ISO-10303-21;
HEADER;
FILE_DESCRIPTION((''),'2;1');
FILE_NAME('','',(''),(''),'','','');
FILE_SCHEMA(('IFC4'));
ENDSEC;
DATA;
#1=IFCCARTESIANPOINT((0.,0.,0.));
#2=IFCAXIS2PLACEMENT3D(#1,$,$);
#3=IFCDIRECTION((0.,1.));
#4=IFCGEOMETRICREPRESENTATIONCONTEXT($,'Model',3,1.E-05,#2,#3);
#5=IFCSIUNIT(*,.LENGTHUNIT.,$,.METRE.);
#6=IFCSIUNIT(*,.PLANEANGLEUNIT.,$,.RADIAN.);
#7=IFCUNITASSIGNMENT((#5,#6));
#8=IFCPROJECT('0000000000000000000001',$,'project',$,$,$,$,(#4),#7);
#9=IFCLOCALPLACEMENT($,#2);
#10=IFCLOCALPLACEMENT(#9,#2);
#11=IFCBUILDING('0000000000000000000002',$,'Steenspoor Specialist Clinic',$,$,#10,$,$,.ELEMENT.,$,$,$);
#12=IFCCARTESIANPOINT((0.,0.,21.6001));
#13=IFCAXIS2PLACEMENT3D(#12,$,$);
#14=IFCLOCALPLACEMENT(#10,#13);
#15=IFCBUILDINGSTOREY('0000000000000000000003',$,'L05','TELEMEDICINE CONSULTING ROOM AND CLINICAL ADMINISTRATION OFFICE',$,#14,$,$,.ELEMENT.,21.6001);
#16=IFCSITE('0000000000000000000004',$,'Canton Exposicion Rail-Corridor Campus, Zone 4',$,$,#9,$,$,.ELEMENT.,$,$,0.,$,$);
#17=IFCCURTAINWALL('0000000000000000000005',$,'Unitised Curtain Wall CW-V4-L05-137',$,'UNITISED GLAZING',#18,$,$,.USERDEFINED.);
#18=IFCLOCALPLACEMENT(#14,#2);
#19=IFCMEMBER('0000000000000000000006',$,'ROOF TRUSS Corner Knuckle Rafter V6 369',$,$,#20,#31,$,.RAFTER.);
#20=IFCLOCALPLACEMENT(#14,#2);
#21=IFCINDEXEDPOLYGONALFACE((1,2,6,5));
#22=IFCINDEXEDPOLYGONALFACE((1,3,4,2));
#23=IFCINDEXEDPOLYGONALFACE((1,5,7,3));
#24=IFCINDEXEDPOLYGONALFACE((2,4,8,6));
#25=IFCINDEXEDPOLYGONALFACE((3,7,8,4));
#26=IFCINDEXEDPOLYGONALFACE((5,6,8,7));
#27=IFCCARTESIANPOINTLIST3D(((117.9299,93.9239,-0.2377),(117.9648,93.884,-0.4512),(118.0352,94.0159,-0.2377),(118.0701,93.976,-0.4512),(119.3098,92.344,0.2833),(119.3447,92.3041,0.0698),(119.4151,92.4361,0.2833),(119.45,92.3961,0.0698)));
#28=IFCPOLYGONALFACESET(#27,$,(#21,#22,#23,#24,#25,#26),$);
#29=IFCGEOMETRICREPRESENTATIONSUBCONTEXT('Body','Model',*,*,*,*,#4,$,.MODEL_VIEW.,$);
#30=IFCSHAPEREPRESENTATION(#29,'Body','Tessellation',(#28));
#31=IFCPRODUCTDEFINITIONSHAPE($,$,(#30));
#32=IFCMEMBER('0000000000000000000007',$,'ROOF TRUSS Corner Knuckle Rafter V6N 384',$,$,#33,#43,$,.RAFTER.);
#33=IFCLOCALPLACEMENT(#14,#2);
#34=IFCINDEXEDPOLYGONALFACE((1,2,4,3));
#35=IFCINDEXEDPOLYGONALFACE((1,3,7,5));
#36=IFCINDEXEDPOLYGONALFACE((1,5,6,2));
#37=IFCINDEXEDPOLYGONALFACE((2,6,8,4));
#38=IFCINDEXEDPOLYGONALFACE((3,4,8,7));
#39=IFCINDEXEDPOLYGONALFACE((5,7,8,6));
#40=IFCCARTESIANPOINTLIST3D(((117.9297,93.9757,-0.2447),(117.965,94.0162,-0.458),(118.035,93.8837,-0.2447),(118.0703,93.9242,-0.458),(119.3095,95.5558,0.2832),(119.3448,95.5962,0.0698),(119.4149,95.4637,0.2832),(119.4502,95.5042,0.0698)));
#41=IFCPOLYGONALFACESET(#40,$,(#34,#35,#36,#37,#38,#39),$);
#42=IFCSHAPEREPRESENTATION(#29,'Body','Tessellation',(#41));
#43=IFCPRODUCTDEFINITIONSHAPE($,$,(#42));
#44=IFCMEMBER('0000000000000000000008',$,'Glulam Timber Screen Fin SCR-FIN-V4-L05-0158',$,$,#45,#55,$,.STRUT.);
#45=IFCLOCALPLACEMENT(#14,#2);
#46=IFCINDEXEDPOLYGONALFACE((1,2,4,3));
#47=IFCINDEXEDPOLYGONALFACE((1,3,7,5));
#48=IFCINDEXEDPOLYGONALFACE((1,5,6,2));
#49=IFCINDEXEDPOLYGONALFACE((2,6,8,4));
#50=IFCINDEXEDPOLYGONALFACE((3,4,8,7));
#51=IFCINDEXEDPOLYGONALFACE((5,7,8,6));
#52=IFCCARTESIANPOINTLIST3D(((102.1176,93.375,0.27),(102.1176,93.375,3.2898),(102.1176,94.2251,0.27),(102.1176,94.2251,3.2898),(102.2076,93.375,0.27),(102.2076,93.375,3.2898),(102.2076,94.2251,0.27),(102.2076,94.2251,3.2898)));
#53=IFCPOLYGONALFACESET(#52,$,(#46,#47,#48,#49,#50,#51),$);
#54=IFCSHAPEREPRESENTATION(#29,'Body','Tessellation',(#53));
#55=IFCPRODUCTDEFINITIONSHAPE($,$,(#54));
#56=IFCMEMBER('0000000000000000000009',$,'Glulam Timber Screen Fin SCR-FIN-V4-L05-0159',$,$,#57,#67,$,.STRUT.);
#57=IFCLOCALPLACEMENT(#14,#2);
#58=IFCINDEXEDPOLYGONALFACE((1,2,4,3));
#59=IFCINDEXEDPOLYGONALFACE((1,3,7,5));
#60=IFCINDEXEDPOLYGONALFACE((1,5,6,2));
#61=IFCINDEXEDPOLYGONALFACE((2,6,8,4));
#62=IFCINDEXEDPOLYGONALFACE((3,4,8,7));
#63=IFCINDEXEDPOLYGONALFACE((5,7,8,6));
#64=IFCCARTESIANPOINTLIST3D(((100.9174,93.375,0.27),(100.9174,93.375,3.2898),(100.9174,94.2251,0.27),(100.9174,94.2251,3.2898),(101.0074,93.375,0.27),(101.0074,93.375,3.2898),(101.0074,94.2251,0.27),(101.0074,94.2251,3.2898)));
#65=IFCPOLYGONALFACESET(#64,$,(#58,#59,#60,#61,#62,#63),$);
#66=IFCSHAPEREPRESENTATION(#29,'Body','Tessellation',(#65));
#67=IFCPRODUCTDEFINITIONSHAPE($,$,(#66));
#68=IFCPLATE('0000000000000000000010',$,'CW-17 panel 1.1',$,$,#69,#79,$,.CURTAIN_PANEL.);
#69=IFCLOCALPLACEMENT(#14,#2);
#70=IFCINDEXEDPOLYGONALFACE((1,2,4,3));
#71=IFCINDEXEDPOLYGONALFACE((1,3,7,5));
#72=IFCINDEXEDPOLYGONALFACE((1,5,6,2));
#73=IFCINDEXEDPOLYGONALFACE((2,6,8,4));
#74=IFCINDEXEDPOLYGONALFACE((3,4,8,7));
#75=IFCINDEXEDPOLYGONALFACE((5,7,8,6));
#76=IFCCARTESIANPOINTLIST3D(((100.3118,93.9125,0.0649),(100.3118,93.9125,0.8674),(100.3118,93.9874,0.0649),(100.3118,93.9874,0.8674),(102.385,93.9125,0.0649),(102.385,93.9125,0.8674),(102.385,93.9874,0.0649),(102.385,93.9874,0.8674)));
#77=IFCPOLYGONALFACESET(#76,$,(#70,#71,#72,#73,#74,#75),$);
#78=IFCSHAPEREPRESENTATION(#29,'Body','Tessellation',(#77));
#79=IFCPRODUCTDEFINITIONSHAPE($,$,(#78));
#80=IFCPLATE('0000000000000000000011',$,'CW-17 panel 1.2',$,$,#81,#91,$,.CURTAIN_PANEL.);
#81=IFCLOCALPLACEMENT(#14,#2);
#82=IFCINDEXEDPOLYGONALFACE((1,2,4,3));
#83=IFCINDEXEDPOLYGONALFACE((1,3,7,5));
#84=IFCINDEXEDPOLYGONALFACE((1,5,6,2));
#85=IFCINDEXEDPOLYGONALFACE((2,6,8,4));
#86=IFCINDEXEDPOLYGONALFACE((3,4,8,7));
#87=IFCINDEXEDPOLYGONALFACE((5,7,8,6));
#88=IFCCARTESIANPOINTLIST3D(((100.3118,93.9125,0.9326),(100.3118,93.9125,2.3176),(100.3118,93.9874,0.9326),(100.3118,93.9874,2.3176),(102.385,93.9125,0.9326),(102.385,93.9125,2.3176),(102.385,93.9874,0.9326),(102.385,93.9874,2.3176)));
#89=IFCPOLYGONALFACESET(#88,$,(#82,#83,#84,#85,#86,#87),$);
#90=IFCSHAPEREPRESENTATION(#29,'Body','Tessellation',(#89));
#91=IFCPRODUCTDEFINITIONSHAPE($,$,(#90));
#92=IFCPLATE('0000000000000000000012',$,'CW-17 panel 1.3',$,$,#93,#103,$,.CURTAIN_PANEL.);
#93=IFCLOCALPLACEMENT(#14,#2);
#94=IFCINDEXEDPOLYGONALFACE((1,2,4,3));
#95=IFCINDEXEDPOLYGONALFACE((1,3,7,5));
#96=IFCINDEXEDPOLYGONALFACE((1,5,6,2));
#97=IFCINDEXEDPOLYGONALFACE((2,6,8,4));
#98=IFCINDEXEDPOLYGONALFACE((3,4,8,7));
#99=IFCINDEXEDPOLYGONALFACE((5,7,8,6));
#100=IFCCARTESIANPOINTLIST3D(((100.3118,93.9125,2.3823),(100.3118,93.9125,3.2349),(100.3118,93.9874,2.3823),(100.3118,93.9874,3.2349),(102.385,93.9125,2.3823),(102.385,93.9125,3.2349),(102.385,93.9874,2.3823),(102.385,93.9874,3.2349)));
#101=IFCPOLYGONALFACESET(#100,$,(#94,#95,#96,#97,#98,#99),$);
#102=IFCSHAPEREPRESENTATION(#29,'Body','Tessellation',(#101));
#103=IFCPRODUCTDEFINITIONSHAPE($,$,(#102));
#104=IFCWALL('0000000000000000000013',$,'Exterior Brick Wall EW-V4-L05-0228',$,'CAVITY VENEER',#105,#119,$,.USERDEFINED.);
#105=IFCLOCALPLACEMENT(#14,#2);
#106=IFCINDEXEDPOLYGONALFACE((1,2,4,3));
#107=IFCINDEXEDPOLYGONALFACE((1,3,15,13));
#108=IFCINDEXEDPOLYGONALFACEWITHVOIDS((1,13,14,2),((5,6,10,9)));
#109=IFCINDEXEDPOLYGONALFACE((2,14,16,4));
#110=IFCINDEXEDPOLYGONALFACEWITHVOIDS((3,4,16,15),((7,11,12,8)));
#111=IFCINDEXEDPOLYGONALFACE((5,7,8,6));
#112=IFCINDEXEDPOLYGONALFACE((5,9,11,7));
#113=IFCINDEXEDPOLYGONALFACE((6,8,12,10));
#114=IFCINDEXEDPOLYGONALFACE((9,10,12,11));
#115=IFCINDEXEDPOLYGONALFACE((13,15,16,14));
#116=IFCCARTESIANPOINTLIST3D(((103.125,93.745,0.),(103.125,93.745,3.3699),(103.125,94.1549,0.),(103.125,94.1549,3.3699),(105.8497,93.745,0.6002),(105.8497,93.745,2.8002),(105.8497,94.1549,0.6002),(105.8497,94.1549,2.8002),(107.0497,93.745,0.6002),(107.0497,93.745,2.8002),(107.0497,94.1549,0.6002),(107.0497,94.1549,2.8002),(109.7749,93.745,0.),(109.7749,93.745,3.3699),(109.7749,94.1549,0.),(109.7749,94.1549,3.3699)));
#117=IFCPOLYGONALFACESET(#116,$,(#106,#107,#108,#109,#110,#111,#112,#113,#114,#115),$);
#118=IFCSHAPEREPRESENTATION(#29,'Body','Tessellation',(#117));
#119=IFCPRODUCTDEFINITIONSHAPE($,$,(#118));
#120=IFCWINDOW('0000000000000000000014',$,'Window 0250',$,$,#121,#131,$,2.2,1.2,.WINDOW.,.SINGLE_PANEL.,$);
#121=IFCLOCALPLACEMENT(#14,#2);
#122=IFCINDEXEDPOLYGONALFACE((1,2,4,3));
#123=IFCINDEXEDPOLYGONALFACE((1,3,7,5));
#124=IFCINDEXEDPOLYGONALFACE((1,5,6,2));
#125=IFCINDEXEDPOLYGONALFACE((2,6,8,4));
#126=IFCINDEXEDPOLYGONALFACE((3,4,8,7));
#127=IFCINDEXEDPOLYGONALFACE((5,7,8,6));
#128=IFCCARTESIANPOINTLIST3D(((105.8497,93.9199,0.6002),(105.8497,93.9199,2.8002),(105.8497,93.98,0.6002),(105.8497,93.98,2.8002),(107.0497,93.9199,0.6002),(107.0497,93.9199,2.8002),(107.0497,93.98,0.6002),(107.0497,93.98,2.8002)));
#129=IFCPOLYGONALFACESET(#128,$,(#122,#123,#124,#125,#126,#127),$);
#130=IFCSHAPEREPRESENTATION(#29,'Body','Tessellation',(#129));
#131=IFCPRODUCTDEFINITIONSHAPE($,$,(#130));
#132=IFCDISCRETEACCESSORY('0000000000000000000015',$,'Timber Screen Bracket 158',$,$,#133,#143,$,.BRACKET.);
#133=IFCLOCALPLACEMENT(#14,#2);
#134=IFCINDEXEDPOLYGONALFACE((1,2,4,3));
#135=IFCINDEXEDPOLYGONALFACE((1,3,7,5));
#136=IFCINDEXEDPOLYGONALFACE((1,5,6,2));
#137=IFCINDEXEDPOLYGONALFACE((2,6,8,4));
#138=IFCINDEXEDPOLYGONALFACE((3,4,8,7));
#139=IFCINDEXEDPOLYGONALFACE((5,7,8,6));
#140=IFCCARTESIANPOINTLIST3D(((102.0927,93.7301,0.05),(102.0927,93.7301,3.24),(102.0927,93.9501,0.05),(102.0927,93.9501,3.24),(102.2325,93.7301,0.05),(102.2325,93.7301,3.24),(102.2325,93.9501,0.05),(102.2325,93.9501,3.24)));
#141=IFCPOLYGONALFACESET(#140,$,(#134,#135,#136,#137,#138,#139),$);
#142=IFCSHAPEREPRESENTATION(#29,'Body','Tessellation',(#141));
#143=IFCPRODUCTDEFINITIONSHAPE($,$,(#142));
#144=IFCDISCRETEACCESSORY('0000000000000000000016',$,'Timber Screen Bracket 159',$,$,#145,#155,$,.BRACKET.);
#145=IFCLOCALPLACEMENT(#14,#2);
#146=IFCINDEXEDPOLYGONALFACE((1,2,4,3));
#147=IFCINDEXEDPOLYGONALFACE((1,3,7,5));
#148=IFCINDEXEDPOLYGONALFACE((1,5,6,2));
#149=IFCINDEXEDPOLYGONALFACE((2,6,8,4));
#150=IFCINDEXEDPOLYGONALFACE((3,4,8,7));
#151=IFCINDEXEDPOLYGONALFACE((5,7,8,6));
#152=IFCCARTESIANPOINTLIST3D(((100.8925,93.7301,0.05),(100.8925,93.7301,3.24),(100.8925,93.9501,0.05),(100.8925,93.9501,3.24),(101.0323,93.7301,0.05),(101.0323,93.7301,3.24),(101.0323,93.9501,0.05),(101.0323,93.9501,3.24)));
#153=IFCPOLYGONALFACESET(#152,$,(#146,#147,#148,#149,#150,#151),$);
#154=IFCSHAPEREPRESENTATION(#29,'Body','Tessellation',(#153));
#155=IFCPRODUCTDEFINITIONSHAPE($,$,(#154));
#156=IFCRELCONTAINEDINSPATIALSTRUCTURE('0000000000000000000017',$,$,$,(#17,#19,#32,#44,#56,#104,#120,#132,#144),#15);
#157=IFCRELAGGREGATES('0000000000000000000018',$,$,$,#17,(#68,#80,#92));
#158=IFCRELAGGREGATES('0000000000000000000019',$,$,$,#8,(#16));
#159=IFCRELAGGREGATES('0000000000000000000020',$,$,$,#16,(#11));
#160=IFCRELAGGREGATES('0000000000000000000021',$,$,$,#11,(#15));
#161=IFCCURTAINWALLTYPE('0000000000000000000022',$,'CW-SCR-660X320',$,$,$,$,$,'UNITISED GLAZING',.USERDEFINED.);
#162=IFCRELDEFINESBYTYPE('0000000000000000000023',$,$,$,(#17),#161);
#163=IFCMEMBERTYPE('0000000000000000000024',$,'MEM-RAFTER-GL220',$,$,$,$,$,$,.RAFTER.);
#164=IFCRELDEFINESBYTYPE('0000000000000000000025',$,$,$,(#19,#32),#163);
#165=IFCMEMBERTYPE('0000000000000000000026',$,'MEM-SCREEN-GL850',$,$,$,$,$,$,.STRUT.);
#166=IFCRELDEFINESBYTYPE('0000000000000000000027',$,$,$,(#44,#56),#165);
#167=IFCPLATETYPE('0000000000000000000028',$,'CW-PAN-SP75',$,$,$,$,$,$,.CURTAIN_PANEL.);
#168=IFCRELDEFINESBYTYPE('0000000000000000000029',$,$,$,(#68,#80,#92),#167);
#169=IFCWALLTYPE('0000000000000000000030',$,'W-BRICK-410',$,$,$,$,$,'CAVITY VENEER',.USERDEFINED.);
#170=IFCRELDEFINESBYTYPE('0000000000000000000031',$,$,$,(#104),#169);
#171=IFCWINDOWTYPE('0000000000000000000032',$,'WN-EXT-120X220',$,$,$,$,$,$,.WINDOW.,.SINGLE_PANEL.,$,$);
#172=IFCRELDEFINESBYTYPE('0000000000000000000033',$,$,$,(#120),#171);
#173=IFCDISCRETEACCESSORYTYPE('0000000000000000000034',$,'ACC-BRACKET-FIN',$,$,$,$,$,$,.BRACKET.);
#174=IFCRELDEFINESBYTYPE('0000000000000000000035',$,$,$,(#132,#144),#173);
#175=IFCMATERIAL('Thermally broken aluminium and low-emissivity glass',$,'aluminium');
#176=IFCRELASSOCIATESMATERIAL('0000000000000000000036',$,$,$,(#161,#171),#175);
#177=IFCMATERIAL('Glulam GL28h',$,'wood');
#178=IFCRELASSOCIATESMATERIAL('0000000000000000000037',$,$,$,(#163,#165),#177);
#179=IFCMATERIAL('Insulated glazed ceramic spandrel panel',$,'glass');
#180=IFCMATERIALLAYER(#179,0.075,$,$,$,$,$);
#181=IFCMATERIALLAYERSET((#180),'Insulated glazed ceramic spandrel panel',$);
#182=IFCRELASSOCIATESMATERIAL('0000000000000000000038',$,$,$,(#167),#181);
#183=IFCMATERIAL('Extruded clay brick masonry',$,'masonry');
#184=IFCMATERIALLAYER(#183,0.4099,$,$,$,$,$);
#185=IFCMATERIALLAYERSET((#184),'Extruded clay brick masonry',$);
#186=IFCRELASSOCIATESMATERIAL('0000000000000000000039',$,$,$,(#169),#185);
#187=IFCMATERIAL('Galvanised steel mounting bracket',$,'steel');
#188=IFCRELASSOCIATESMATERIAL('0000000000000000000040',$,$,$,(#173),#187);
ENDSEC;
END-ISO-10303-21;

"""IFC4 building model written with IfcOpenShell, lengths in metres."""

from ifc_helpers import new_model, si_unit, direction, frame, frame_2d, origin, origin_2d, place, context, subcontext, project, spatial, rectangle, extrude, material, layer, layer_set, material_profile, profile_set, type_object, element, fill, aggregate, save


model = new_model("IFC4")

# Units and contexts
model_context = context("Model", 3, precision=1e-05, world=origin(), true_north=direction((0.0, 1.0)))
body_context = subcontext(model_context, "Body", "Model", "MODEL_VIEW")
ifc_project = project(units=[si_unit("LENGTHUNIT", "METRE"), si_unit("PLANEANGLEUNIT", "RADIAN")], contexts=[model_context])

# Site, building, storey
site_placement = place(None, origin())
site = spatial("IfcSite", under=ifc_project, at=site_placement, Name="Canton Exposicion Rail-Corridor Campus, Zone 4", CompositionType="ELEMENT", RefElevation=0.0)
building_placement = place(site_placement, origin())
building = spatial("IfcBuilding", under=site, at=building_placement, Name="Steenspoor Specialist Clinic", CompositionType="ELEMENT")
storey_placement = place(building_placement, frame((0.0, 0.0, 21.6001)))
storey = spatial("IfcBuildingStorey", under=building, at=storey_placement, Name="L05", Description="TELEMEDICINE CONSULTING ROOM AND CLINICAL ADMINISTRATION OFFICE", CompositionType="ELEMENT", Elevation=21.6001)

# Shared definitions
ifc_material_1 = material(Name="Glulam GL28h", Category="wood")

# Curtain wall
ifc_material_2 = material(Name="Thermally broken aluminium and low-emissivity glass", Category="aluminium")
curtain_wall_type = type_object("IfcCurtainWallType", Name="CW-SCR-660X320", ElementType="UNITISED GLAZING", PredefinedType="USERDEFINED", material=ifc_material_2)
curtain_wall_placement = place(storey_placement, origin())
curtain_wall = element("IfcCurtainWall", 1, at=curtain_wall_placement, inside=storey, type_object=curtain_wall_type, Name="Unitised Curtain Wall CW-V4-L05-137", ObjectType="UNITISED GLAZING", PredefinedType="USERDEFINED")

# Members
ifc_material_profile_1 = material_profile(ifc_material_1, rectangle(XDim=0.1399, YDim=0.22, at=origin_2d()), Name="GL28H-140X220")
ifc_profile_set_1 = profile_set([ifc_material_profile_1], Name="Glulam GL28h")
member_type_1 = type_object("IfcMemberType", Name="MEM-RAFTER-GL220", PredefinedType="RAFTER", material=ifc_profile_set_1)
member_1_placement = place(storey_placement, frame((118.0, 93.95, -0.3445), z_axis=(0.638439, -0.730951, 0.241052), x_axis=(0.75316, 0.657837, 0.0)))
element("IfcMember", 2, at=member_1_placement, inside=storey, type_object=member_type_1, Name="ROOF TRUSS Corner Knuckle Rafter V6 369", PredefinedType="RAFTER", context=body_context, shape_type="SweptSolid", body=[
    extrude(rectangle(XDim=0.1399, YDim=0.22, at=origin_2d()), origin(), (0.0, 0.0, 1.0), 2.1614),
])
member_2_placement = place(storey_placement, frame((118.0, 93.95, -0.3513), z_axis=(0.637897, 0.730444, 0.244008), x_axis=(-0.753211, 0.657779, 0.0)))
element("IfcMember", 3, at=member_2_placement, inside=storey, type_object=member_type_1, Name="ROOF TRUSS Corner Knuckle Rafter V6N 384", PredefinedType="RAFTER", context=body_context, shape_type="SweptSolid", body=[
    extrude(rectangle(XDim=0.1399, YDim=0.22, at=origin_2d()), origin(), (0.0, 0.0, 1.0), 2.1631),
])
ifc_material_profile_2 = material_profile(ifc_material_1, rectangle(XDim=0.0901, YDim=0.8501, at=origin_2d()), Name="GL28H-90X850")
ifc_profile_set_2 = profile_set([ifc_material_profile_2], Name="Glulam GL28h")
member_type_2 = type_object("IfcMemberType", Name="MEM-SCREEN-GL850", PredefinedType="STRUT", material=ifc_profile_set_2)
for number, where, z_axis, x_axis, name in (
    (4, (102.1626, 93.8, 0.27), (0.0, 0.0, 1.0), (-1.0, 0.0, 0.0), "Glulam Timber Screen Fin SCR-FIN-V4-L05-0158"),
    (5, (100.9624, 93.8, 0.27), (0.0, 0.0, 1.0), (-1.0, 0.0, 0.0), "Glulam Timber Screen Fin SCR-FIN-V4-L05-0159"),
):
    element("IfcMember", number, at=place(storey_placement, frame(where, z_axis=z_axis, x_axis=x_axis)), inside=storey, type_object=member_type_2, Name=name, PredefinedType="STRUT", context=body_context, shape_type="SweptSolid", body=[
        extrude(rectangle(XDim=0.0901, YDim=0.8501, at=origin_2d()), origin(), (0.0, 0.0, 1.0), 3.0198),
    ])

# Plates
ifc_material_3 = material(Name="Insulated glazed ceramic spandrel panel", Category="glass")
ifc_layer_1 = layer(ifc_material_3, 0.075)
ifc_layer_set_1 = layer_set([ifc_layer_1], Name="Insulated glazed ceramic spandrel panel")
plate_type = type_object("IfcPlateType", Name="CW-PAN-SP75", PredefinedType="CURTAIN_PANEL", material=ifc_layer_set_1)
plate_1_placement = place(storey_placement, frame((101.3484, 93.95, 0.0649), z_axis=(0.0, 0.0, 1.0), x_axis=(-1.0, 0.0, 0.0)))
plate_1 = element("IfcPlate", 6, at=plate_1_placement, type_object=plate_type, Name="CW-17 panel 1.1", PredefinedType="CURTAIN_PANEL", context=body_context, shape_type="SweptSolid", body=[
    extrude(rectangle(XDim=2.0732, YDim=0.075, at=origin_2d()), origin(), (0.0, 0.0, 1.0), 0.8025),
])
plate_2_placement = place(storey_placement, frame((101.3484, 93.95, 0.9326), z_axis=(0.0, 0.0, 1.0), x_axis=(-1.0, 0.0, 0.0)))
plate_2 = element("IfcPlate", 7, at=plate_2_placement, type_object=plate_type, Name="CW-17 panel 1.2", PredefinedType="CURTAIN_PANEL", context=body_context, shape_type="SweptSolid", body=[
    extrude(rectangle(XDim=2.0732, YDim=0.075, at=origin_2d()), origin(), (0.0, 0.0, 1.0), 1.385),
])
plate_3_placement = place(storey_placement, frame((101.3484, 93.95, 2.3823), z_axis=(0.0, 0.0, 1.0), x_axis=(-1.0, 0.0, 0.0)))
plate_3 = element("IfcPlate", 8, at=plate_3_placement, type_object=plate_type, Name="CW-17 panel 1.3", PredefinedType="CURTAIN_PANEL", context=body_context, shape_type="SweptSolid", body=[
    extrude(rectangle(XDim=2.0732, YDim=0.075, at=origin_2d()), origin(), (0.0, 0.0, 1.0), 0.8525),
])
aggregate(curtain_wall, [plate_1, plate_2, plate_3])

# Wall, opening, window
ifc_material_4 = material(Name="Extruded clay brick masonry", Category="masonry")
ifc_layer_2 = layer(ifc_material_4, 0.4099)
ifc_layer_set_2 = layer_set([ifc_layer_2], Name="Extruded clay brick masonry")
wall_type = type_object("IfcWallType", Name="W-BRICK-410", ElementType="CAVITY VENEER", PredefinedType="USERDEFINED", material=ifc_layer_set_2)
wall_placement = place(storey_placement, frame((109.7749, 93.95, 0.0), z_axis=(0.0, 0.0, 1.0), x_axis=(-1.0, 0.0, 0.0)))
wall = element("IfcWall", 9, at=wall_placement, inside=storey, type_object=wall_type, Name="Exterior Brick Wall EW-V4-L05-0228", ObjectType="CAVITY VENEER", PredefinedType="USERDEFINED", context=body_context, shape_type="SweptSolid", body=[
    extrude(rectangle(XDim=6.6499, YDim=0.4099, at=frame_2d((3.325, 0.0))), origin(), (0.0, 0.0, 1.0), 3.3699),
])
opening_placement = place(wall_placement, frame((2.7251, 0.0, 0.6001)))
opening = element("IfcOpeningElement", 10, at=opening_placement, cuts=wall, PredefinedType="OPENING", context=body_context, shape_type="SweptSolid", body=[
    extrude(rectangle(XDim=1.2, YDim=2.2, at=frame_2d((0.6001, 1.1001))), frame((0.0, 0.2148, 0.0), z_axis=(0.0, -1.0, 0.0), x_axis=(1.0, 0.0, 0.0)), (0.0, 0.0, 1.0), 0.4299),
])
window_type = type_object("IfcWindowType", Name="WN-EXT-120X220", PartitioningType="SINGLE_PANEL", PredefinedType="WINDOW", material=ifc_material_2)
window_placement = place(opening_placement, origin())
window = element("IfcWindow", 11, at=window_placement, inside=storey, type_object=window_type, Name="Window 0250", OverallHeight=2.2, OverallWidth=1.2, PartitioningType="SINGLE_PANEL", PredefinedType="WINDOW", context=body_context, shape_type="SweptSolid", body=[
    extrude(rectangle(XDim=1.2, YDim=2.2, at=frame_2d((0.6001, 1.1001))), frame((0.0, 0.03, 0.0), z_axis=(0.0, -1.0, 0.0), x_axis=(1.0, 0.0, 0.0)), (0.0, 0.0, 1.0), 0.0601),
])
fill(opening, window)

# Discrete accessories
ifc_material_5 = material(Name="Galvanised steel mounting bracket", Category="steel")
discrete_accessory_type = type_object("IfcDiscreteAccessoryType", Name="ACC-BRACKET-FIN", PredefinedType="BRACKET", material=ifc_material_5)
for number, where, z_axis, x_axis, name in (
    (12, (102.1626, 93.8401, 0.05), (0.0, 0.0, 1.0), (0.0, -1.0, 0.0), "Timber Screen Bracket 158"),
    (13, (100.9624, 93.8401, 0.05), (0.0, 0.0, 1.0), (0.0, -1.0, 0.0), "Timber Screen Bracket 159"),
):
    element("IfcDiscreteAccessory", number, at=place(storey_placement, frame(where, z_axis=z_axis, x_axis=x_axis)), inside=storey, type_object=discrete_accessory_type, Name=name, PredefinedType="BRACKET", context=body_context, shape_type="SweptSolid", body=[
        extrude(rectangle(XDim=0.22, YDim=0.1399, at=origin_2d()), origin(), (0.0, 0.0, 1.0), 3.1899),
    ])

save(model, "model.ifc")
